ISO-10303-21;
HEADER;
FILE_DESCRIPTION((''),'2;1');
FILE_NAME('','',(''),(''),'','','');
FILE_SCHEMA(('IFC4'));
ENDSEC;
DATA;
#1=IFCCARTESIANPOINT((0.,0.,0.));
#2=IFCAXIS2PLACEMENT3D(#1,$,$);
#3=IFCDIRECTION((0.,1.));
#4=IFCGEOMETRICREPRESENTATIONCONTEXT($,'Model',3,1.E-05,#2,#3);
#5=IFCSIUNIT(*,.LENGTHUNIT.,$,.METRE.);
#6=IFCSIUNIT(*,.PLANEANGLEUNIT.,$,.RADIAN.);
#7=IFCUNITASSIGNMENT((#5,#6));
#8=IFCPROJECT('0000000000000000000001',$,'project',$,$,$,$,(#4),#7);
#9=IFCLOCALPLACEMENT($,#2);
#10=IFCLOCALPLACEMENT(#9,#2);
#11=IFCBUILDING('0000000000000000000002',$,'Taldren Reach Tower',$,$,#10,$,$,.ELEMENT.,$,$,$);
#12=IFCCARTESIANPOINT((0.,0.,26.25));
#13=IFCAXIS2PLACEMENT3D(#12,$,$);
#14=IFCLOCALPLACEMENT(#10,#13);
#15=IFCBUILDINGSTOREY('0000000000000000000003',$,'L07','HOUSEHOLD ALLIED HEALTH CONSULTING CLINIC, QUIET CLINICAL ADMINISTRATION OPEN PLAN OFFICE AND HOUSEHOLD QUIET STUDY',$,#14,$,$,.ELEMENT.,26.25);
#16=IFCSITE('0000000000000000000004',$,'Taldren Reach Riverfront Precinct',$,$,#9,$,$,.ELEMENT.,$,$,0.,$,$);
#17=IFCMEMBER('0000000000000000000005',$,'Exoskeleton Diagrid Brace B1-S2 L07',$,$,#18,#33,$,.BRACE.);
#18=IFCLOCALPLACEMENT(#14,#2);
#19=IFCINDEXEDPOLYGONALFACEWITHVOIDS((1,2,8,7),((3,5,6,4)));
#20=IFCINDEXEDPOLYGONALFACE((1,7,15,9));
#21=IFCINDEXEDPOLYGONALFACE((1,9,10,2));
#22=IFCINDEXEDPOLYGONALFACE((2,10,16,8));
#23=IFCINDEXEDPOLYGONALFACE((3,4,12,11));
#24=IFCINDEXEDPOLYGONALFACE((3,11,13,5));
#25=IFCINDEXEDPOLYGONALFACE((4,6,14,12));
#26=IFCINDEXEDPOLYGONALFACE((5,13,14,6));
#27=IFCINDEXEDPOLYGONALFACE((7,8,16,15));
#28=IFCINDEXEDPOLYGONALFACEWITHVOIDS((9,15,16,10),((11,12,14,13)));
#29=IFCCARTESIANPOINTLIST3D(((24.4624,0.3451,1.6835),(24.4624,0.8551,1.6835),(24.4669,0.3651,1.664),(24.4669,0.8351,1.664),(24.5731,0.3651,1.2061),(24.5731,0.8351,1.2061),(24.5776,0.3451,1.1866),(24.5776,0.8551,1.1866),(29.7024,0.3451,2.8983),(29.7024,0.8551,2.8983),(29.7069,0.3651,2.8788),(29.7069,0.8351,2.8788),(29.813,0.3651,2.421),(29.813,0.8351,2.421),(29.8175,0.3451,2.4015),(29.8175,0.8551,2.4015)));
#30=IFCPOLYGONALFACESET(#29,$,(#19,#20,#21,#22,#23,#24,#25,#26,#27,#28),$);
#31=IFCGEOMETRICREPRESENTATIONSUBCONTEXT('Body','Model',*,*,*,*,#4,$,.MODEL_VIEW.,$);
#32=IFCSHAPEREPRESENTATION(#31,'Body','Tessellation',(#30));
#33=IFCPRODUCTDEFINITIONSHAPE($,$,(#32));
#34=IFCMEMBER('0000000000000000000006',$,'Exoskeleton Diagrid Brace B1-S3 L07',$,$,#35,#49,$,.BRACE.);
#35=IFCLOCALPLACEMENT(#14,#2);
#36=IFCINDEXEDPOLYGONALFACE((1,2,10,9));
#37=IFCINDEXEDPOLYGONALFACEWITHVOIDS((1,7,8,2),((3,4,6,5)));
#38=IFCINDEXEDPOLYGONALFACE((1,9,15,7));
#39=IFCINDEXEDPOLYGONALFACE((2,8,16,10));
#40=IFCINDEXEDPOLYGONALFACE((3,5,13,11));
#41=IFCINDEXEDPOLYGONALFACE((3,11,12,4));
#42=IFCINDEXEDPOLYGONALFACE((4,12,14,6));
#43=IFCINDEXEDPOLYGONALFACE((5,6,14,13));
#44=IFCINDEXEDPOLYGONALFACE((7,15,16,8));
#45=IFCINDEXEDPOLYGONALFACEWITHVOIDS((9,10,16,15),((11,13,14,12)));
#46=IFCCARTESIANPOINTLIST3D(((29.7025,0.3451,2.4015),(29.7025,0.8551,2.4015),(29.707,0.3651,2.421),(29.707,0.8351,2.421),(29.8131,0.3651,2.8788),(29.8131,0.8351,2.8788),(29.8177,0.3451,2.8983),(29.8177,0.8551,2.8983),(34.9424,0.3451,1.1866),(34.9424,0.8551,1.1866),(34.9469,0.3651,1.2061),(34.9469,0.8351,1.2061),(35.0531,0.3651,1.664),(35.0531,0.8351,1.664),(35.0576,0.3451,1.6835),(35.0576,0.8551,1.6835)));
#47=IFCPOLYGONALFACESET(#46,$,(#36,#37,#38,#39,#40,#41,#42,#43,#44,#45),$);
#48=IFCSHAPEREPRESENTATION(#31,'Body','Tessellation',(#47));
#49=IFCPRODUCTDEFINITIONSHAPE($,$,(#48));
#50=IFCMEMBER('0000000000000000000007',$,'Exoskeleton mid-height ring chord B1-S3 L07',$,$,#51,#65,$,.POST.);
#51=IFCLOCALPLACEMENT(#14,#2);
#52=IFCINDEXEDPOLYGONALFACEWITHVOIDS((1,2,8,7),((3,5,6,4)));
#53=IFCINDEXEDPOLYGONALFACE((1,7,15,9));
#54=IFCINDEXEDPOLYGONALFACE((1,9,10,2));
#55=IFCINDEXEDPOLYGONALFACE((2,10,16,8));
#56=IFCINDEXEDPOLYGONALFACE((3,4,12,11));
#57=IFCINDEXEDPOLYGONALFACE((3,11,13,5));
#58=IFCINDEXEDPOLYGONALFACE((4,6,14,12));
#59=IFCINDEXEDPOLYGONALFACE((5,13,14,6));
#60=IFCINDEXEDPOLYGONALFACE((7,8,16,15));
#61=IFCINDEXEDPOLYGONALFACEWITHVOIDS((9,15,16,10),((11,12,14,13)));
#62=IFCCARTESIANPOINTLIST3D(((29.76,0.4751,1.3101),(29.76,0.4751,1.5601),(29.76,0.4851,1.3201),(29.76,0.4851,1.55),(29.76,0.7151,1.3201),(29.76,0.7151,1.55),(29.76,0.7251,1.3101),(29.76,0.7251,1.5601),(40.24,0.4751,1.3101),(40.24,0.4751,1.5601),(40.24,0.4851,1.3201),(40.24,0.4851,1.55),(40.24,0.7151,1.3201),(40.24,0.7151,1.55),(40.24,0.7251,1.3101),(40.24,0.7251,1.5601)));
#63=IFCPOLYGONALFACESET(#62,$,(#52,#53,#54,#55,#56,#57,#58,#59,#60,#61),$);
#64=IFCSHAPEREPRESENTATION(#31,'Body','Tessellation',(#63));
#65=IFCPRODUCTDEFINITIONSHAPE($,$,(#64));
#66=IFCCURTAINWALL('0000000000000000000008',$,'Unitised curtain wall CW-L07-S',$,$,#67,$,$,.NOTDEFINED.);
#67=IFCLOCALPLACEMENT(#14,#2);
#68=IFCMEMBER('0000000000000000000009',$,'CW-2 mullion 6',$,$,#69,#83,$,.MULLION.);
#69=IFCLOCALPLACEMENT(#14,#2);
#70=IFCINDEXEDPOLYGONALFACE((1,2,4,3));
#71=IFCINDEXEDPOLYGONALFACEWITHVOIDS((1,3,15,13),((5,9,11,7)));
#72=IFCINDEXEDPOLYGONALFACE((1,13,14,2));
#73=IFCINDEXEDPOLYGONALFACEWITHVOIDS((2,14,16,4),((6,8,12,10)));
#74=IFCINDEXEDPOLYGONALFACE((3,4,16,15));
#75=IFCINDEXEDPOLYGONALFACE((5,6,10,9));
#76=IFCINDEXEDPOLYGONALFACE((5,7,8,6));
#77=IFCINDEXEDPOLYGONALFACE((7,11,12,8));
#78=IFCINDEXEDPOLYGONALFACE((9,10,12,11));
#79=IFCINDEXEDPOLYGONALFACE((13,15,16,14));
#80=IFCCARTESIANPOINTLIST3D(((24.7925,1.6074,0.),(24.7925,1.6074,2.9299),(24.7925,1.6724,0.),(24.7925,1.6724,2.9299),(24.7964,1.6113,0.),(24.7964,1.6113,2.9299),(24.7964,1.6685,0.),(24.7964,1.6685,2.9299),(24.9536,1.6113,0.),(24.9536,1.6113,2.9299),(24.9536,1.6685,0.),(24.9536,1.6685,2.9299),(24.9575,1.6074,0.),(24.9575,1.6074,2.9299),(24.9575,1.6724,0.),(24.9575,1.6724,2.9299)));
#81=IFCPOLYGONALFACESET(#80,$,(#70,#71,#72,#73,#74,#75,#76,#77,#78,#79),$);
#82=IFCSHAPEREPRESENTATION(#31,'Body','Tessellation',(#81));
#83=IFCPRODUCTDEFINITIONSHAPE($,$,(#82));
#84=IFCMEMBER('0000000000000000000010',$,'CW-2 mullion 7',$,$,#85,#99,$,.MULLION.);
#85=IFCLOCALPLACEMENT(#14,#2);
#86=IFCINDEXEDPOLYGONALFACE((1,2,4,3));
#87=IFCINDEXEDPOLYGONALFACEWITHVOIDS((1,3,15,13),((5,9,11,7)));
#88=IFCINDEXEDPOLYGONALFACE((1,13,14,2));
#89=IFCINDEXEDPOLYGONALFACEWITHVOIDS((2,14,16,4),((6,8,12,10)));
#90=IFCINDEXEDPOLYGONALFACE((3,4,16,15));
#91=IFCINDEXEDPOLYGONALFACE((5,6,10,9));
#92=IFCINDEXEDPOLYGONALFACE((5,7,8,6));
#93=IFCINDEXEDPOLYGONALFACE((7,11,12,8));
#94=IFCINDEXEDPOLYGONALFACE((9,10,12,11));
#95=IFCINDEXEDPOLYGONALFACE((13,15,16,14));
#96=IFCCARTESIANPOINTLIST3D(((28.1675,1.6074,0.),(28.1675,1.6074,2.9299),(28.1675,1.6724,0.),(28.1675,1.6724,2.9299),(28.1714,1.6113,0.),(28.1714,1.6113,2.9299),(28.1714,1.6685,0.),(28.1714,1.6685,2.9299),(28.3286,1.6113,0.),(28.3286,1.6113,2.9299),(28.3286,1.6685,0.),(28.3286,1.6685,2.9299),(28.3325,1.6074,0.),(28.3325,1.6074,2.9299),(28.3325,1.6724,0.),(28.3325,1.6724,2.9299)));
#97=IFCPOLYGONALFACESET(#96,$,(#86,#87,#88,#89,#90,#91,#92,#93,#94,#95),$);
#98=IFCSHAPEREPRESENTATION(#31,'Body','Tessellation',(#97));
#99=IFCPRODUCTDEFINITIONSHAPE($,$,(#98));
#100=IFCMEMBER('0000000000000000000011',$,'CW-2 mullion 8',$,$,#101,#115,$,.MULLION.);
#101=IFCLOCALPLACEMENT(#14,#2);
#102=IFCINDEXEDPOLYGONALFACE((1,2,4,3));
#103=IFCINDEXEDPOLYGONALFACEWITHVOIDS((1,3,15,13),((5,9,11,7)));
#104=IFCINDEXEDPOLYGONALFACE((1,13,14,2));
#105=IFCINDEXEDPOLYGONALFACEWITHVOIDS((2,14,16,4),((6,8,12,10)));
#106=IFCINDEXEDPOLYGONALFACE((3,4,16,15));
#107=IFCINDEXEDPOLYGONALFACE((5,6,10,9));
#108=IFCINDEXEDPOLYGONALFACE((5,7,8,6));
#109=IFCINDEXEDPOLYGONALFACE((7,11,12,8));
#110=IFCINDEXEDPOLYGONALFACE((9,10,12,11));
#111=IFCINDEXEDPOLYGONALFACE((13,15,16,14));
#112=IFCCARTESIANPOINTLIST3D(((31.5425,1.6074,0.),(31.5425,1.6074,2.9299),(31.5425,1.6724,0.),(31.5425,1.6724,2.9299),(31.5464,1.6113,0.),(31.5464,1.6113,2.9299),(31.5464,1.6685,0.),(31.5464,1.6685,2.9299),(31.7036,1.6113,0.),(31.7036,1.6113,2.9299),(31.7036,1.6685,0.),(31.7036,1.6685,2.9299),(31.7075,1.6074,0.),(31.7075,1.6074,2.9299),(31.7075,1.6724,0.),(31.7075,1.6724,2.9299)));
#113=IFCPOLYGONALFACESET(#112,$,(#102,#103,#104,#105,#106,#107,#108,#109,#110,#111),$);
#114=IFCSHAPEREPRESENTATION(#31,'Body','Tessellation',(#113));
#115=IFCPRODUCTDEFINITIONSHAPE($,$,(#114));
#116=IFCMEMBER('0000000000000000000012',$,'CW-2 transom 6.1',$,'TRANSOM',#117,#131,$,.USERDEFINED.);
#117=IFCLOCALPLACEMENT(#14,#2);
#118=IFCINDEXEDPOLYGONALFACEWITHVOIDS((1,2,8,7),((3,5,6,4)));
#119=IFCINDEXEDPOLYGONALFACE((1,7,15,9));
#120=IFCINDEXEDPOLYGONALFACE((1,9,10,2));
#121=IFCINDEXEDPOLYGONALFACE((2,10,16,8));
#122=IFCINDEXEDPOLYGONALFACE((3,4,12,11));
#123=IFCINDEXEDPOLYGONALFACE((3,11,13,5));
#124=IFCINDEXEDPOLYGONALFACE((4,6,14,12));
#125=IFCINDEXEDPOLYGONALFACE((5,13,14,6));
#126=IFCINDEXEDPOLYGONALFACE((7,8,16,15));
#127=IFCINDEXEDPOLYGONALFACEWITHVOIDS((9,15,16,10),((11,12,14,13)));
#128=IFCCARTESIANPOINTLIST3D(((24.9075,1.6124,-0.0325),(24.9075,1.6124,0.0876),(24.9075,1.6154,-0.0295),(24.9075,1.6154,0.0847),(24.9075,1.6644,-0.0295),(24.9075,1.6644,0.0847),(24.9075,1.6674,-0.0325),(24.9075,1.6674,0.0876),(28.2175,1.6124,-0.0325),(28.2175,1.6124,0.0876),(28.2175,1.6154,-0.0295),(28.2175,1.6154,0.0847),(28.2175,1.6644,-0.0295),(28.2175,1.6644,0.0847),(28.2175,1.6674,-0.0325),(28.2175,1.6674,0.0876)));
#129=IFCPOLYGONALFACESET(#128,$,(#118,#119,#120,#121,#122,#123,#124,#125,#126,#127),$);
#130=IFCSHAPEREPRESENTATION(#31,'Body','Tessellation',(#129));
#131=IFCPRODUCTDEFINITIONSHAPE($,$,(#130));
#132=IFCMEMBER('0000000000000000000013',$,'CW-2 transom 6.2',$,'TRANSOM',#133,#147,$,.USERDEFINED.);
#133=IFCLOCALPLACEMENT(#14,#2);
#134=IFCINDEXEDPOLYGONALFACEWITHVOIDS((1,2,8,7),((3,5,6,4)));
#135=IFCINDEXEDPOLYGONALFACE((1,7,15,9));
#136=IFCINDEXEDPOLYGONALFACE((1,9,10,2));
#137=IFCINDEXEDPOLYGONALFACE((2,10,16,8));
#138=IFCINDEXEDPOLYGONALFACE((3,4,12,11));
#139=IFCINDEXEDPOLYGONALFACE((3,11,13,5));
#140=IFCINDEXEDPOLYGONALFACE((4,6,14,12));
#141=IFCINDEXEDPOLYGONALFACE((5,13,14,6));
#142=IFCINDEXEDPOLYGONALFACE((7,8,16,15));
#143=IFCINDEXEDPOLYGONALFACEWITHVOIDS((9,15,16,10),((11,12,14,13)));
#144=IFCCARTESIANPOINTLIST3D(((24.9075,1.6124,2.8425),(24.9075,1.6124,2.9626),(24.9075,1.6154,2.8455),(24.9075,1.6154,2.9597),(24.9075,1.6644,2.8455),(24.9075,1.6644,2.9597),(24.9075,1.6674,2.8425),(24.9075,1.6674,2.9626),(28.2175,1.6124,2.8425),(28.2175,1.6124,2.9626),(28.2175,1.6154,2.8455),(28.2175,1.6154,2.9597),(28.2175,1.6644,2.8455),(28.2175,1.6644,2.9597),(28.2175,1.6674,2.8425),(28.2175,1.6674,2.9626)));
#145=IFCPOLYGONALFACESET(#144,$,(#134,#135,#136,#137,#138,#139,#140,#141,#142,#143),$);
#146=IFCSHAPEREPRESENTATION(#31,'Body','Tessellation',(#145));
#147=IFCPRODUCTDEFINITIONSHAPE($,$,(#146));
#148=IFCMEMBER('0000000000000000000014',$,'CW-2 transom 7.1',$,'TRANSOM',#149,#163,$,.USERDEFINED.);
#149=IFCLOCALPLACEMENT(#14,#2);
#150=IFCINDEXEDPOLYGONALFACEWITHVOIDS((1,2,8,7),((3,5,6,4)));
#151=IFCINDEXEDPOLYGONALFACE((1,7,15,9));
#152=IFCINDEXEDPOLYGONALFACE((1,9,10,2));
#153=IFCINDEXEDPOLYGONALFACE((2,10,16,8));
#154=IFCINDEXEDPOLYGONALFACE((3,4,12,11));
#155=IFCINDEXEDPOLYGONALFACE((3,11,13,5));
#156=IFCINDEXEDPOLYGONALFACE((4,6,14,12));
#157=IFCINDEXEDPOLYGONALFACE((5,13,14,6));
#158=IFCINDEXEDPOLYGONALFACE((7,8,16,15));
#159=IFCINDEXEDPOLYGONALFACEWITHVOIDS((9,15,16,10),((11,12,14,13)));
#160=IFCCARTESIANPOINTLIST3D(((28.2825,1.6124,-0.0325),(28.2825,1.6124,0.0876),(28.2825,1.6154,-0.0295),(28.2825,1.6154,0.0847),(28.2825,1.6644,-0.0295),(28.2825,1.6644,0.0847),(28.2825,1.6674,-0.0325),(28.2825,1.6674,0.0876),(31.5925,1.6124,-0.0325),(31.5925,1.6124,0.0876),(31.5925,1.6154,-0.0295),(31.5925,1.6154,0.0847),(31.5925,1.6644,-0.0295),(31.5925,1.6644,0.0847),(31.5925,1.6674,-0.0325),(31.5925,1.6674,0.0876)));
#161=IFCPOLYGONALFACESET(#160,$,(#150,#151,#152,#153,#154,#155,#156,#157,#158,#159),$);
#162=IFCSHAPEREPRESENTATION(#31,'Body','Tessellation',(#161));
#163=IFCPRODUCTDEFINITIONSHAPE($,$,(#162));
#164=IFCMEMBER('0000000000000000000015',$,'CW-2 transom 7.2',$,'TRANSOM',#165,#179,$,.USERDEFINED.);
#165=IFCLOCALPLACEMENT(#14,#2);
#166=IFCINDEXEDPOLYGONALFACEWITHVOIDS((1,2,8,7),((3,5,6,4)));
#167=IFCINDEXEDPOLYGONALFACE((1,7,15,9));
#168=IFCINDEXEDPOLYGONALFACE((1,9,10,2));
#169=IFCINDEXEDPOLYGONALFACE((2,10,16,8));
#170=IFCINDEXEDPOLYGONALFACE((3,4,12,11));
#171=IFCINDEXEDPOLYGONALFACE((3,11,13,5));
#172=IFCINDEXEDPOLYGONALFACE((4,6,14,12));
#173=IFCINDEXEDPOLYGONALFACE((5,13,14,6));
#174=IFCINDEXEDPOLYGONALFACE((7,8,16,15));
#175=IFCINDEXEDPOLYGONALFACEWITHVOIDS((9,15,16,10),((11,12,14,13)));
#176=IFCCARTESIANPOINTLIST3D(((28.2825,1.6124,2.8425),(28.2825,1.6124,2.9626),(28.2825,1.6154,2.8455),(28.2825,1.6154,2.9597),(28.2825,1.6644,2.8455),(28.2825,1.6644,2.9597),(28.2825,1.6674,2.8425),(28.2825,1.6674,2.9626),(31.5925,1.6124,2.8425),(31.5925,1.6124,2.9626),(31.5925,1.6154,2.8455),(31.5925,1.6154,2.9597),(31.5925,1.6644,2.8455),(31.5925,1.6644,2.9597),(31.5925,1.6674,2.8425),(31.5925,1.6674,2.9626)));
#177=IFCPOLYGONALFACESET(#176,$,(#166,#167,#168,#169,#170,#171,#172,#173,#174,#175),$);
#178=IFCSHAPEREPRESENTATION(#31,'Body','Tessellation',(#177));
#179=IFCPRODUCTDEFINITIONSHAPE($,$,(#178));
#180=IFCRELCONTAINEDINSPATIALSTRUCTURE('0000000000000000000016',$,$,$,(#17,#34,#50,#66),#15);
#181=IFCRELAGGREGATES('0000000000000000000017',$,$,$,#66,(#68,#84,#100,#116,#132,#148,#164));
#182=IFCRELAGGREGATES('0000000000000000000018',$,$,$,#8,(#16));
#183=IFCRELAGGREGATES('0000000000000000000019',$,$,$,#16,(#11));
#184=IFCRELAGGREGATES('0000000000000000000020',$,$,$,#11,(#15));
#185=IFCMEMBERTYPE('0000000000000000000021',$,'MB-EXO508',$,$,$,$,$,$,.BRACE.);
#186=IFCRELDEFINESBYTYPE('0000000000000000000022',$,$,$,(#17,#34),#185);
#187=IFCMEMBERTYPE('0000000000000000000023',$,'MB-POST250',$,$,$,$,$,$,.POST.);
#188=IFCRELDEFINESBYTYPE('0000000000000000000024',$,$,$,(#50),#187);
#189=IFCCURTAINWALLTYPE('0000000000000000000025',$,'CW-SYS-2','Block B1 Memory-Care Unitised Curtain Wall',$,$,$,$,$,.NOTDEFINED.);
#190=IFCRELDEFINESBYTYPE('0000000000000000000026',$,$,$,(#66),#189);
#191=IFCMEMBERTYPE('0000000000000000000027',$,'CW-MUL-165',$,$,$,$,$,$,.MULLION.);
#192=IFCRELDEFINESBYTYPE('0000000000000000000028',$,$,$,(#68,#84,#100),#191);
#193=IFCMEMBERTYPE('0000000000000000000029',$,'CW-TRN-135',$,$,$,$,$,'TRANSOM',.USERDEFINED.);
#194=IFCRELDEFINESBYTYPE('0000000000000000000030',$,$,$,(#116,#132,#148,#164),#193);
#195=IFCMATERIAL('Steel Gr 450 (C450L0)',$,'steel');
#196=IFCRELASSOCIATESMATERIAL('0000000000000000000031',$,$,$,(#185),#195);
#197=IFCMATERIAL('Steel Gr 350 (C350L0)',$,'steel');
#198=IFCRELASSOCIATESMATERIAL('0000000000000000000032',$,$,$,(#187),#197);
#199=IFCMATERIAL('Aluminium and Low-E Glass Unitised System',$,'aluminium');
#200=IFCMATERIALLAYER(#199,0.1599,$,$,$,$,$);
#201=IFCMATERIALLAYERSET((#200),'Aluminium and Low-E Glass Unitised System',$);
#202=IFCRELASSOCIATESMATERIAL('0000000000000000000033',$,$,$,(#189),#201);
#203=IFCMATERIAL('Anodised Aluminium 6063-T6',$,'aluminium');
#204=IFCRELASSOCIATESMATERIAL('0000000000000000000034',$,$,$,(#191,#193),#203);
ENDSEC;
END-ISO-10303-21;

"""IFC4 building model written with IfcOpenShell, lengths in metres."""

from ifc_helpers import new_model, si_unit, direction, frame, origin, origin_2d, place, context, subcontext, project, spatial, hollow_rectangle, extrude, source, transform, mapped, material, layer, layer_set, material_profile, profile_set, type_object, element, aggregate, save


model = new_model("IFC4")

# Units and contexts
model_context = context("Model", 3, precision=1e-05, world=origin(), true_north=direction((0.0, 1.0)))
body_context = subcontext(model_context, "Body", "Model", "MODEL_VIEW")
ifc_project = project(units=[si_unit("LENGTHUNIT", "METRE"), si_unit("PLANEANGLEUNIT", "RADIAN")], contexts=[model_context])

# Site, building, storey
site_placement = place(None, origin())
site = spatial("IfcSite", under=ifc_project, at=site_placement, Name="Taldren Reach Riverfront Precinct", CompositionType="ELEMENT", RefElevation=0.0)
building_placement = place(site_placement, origin())
building = spatial("IfcBuilding", under=site, at=building_placement, Name="Taldren Reach Tower", CompositionType="ELEMENT")
storey_placement = place(building_placement, frame((0.0, 0.0, 26.25)))
storey = spatial("IfcBuildingStorey", under=building, at=storey_placement, Name="L07", Description="HOUSEHOLD ALLIED HEALTH CONSULTING CLINIC, QUIET CLINICAL ADMINISTRATION OPEN PLAN OFFICE AND HOUSEHOLD QUIET STUDY", CompositionType="ELEMENT", Elevation=26.25)

# Members
ifc_material_1 = material(Name="Steel Gr 450 (C450L0)", Category="steel")
ifc_material_profile_1 = material_profile(ifc_material_1, hollow_rectangle(XDim=0.51, YDim=0.51, WallThickness=0.02, at=origin_2d()), Name="510x510x20.0SHS")
ifc_profile_set_1 = profile_set([ifc_material_profile_1], Name="Steel Gr 450 (C450L0)")
member_type_1 = type_object("IfcMemberType", Name="MB-EXO508", PredefinedType="BRACE", material=ifc_profile_set_1)
shared_shape_1 = source(origin(), body_context, "Body", "SweptSolid", [
    extrude(hollow_rectangle(XDim=0.51, YDim=0.51, WallThickness=0.02, at=origin_2d()), origin(), (0.0, 0.0, 1.0), 5.3789),
])
for number, where, z_axis, x_axis, name in (
    (1, (24.52, 0.6001, 1.4351), (0.974162, 0.0, 0.225851), (0.0, 1.0, 0.0), "Exoskeleton Diagrid Brace B1-S2 L07"),
    (2, (35.0, 0.6001, 1.4351), (-0.974162, 0.0, 0.225851), (0.0, -1.0, 0.0), "Exoskeleton Diagrid Brace B1-S3 L07"),
):
    element("IfcMember", number, at=place(storey_placement, frame(where, z_axis=z_axis, x_axis=x_axis)), inside=storey, type_object=member_type_1, Name=name, PredefinedType="BRACE", context=body_context, shape_type="MappedRepresentation", body=[
        mapped(shared_shape_1, transform((0.0, 0.0, 0.0), scale=1.0)),
    ])
ifc_material_2 = material(Name="Steel Gr 350 (C350L0)", Category="steel")
ifc_material_profile_2 = material_profile(ifc_material_2, hollow_rectangle(XDim=0.25, YDim=0.25, WallThickness=0.01, at=origin_2d()), Name="250x250x10.0SHS")
ifc_profile_set_2 = profile_set([ifc_material_profile_2], Name="Steel Gr 350 (C350L0)")
member_type_2 = type_object("IfcMemberType", Name="MB-POST250", PredefinedType="POST", material=ifc_profile_set_2)
shared_shape_2 = source(origin(), body_context, "Body", "SweptSolid", [
    extrude(hollow_rectangle(XDim=0.25, YDim=0.25, WallThickness=0.01, at=origin_2d()), origin(), (0.0, 0.0, 1.0), 10.48),
])
member_1_placement = place(storey_placement, frame((29.76, 0.6001, 1.4351), z_axis=(1.0, 0.0, 0.0), x_axis=(0.0, 1.0, 0.0)))
element("IfcMember", 3, at=member_1_placement, inside=storey, type_object=member_type_2, Name="Exoskeleton mid-height ring chord B1-S3 L07", PredefinedType="POST", context=body_context, shape_type="MappedRepresentation", body=[
    mapped(shared_shape_2, transform((0.0, 0.0, 0.0), scale=1.0)),
])

# Curtain wall, members
ifc_material_3 = material(Name="Aluminium and Low-E Glass Unitised System", Category="aluminium")
ifc_layer_1 = layer(ifc_material_3, 0.1599)
ifc_layer_set_1 = layer_set([ifc_layer_1], Name="Aluminium and Low-E Glass Unitised System")
curtain_wall_type = type_object("IfcCurtainWallType", Name="CW-SYS-2", Description="Block B1 Memory-Care Unitised Curtain Wall", PredefinedType="NOTDEFINED", material=ifc_layer_set_1)
curtain_wall_placement = place(storey_placement, origin())
curtain_wall = element("IfcCurtainWall", 4, at=curtain_wall_placement, inside=storey, type_object=curtain_wall_type, Name="Unitised curtain wall CW-L07-S", PredefinedType="NOTDEFINED")
ifc_material_4 = material(Name="Anodised Aluminium 6063-T6", Category="aluminium")
ifc_material_profile_3 = material_profile(ifc_material_4, hollow_rectangle(XDim=0.0649, YDim=0.165, WallThickness=0.0039, at=origin_2d()), Name="ALU-165x65x4RHS")
ifc_profile_set_3 = profile_set([ifc_material_profile_3], Name="Anodised Aluminium 6063-T6")
member_type_3 = type_object("IfcMemberType", Name="CW-MUL-165", PredefinedType="MULLION", material=ifc_profile_set_3)
shared_shape_3 = source(origin(), body_context, "Body", "SweptSolid", [
    extrude(hollow_rectangle(XDim=0.0649, YDim=0.165, WallThickness=0.0039, at=origin_2d()), origin(), (0.0, 0.0, 1.0), 2.9299),
])
member_2_placement = place(storey_placement, frame((24.875, 1.6399, 0.0), z_axis=(0.0, 0.0, 1.0), x_axis=(0.0, 1.0, 0.0)))
member_2 = element("IfcMember", 5, at=member_2_placement, type_object=member_type_3, Name="CW-2 mullion 6", PredefinedType="MULLION", context=body_context, shape_type="MappedRepresentation", body=[
    mapped(shared_shape_3, transform((0.0, 0.0, 0.0), scale=1.0)),
])
member_3_placement = place(storey_placement, frame((28.25, 1.6399, 0.0), z_axis=(0.0, 0.0, 1.0), x_axis=(0.0, 1.0, 0.0)))
member_3 = element("IfcMember", 6, at=member_3_placement, type_object=member_type_3, Name="CW-2 mullion 7", PredefinedType="MULLION", context=body_context, shape_type="MappedRepresentation", body=[
    mapped(shared_shape_3, transform((0.0, 0.0, 0.0), scale=1.0)),
])
member_4_placement = place(storey_placement, frame((31.625, 1.6399, 0.0), z_axis=(0.0, 0.0, 1.0), x_axis=(0.0, 1.0, 0.0)))
member_4 = element("IfcMember", 7, at=member_4_placement, type_object=member_type_3, Name="CW-2 mullion 8", PredefinedType="MULLION", context=body_context, shape_type="MappedRepresentation", body=[
    mapped(shared_shape_3, transform((0.0, 0.0, 0.0), scale=1.0)),
])
ifc_material_profile_4 = material_profile(ifc_material_4, hollow_rectangle(XDim=0.0549, YDim=0.1201, WallThickness=0.0029, at=origin_2d()), Name="ALU-120x55x3RHS")
ifc_profile_set_4 = profile_set([ifc_material_profile_4], Name="Anodised Aluminium 6063-T6")
member_type_4 = type_object("IfcMemberType", Name="CW-TRN-135", ElementType="TRANSOM", PredefinedType="USERDEFINED", material=ifc_profile_set_4)
shared_shape_4 = source(origin(), body_context, "Body", "SweptSolid", [
    extrude(hollow_rectangle(XDim=0.0549, YDim=0.1201, WallThickness=0.0029, at=origin_2d()), origin(), (0.0, 0.0, 1.0), 3.3101),
])
member_5_placement = place(storey_placement, frame((24.9075, 1.6399, 0.0276), z_axis=(1.0, 0.0, 0.0), x_axis=(0.0, 1.0, 0.0)))
member_5 = element("IfcMember", 8, at=member_5_placement, type_object=member_type_4, Name="CW-2 transom 6.1", ObjectType="TRANSOM", PredefinedType="USERDEFINED", context=body_context, shape_type="MappedRepresentation", body=[
    mapped(shared_shape_4, transform((0.0, 0.0, 0.0), scale=1.0)),
])
member_6_placement = place(storey_placement, frame((24.9075, 1.6399, 2.9026), z_axis=(1.0, 0.0, 0.0), x_axis=(0.0, 1.0, 0.0)))
member_6 = element("IfcMember", 9, at=member_6_placement, type_object=member_type_4, Name="CW-2 transom 6.2", ObjectType="TRANSOM", PredefinedType="USERDEFINED", context=body_context, shape_type="MappedRepresentation", body=[
    mapped(shared_shape_4, transform((0.0, 0.0, 0.0), scale=1.0)),
])
member_7_placement = place(storey_placement, frame((28.2825, 1.6399, 0.0276), z_axis=(1.0, 0.0, 0.0), x_axis=(0.0, 1.0, 0.0)))
member_7 = element("IfcMember", 10, at=member_7_placement, type_object=member_type_4, Name="CW-2 transom 7.1", ObjectType="TRANSOM", PredefinedType="USERDEFINED", context=body_context, shape_type="MappedRepresentation", body=[
    mapped(shared_shape_4, transform((0.0, 0.0, 0.0), scale=1.0)),
])
member_8_placement = place(storey_placement, frame((28.2825, 1.6399, 2.9026), z_axis=(1.0, 0.0, 0.0), x_axis=(0.0, 1.0, 0.0)))
member_8 = element("IfcMember", 11, at=member_8_placement, type_object=member_type_4, Name="CW-2 transom 7.2", ObjectType="TRANSOM", PredefinedType="USERDEFINED", context=body_context, shape_type="MappedRepresentation", body=[
    mapped(shared_shape_4, transform((0.0, 0.0, 0.0), scale=1.0)),
])

aggregate(curtain_wall, [member_2, member_3, member_4, member_5, member_6, member_7, member_8])

save(model, "model.ifc")
